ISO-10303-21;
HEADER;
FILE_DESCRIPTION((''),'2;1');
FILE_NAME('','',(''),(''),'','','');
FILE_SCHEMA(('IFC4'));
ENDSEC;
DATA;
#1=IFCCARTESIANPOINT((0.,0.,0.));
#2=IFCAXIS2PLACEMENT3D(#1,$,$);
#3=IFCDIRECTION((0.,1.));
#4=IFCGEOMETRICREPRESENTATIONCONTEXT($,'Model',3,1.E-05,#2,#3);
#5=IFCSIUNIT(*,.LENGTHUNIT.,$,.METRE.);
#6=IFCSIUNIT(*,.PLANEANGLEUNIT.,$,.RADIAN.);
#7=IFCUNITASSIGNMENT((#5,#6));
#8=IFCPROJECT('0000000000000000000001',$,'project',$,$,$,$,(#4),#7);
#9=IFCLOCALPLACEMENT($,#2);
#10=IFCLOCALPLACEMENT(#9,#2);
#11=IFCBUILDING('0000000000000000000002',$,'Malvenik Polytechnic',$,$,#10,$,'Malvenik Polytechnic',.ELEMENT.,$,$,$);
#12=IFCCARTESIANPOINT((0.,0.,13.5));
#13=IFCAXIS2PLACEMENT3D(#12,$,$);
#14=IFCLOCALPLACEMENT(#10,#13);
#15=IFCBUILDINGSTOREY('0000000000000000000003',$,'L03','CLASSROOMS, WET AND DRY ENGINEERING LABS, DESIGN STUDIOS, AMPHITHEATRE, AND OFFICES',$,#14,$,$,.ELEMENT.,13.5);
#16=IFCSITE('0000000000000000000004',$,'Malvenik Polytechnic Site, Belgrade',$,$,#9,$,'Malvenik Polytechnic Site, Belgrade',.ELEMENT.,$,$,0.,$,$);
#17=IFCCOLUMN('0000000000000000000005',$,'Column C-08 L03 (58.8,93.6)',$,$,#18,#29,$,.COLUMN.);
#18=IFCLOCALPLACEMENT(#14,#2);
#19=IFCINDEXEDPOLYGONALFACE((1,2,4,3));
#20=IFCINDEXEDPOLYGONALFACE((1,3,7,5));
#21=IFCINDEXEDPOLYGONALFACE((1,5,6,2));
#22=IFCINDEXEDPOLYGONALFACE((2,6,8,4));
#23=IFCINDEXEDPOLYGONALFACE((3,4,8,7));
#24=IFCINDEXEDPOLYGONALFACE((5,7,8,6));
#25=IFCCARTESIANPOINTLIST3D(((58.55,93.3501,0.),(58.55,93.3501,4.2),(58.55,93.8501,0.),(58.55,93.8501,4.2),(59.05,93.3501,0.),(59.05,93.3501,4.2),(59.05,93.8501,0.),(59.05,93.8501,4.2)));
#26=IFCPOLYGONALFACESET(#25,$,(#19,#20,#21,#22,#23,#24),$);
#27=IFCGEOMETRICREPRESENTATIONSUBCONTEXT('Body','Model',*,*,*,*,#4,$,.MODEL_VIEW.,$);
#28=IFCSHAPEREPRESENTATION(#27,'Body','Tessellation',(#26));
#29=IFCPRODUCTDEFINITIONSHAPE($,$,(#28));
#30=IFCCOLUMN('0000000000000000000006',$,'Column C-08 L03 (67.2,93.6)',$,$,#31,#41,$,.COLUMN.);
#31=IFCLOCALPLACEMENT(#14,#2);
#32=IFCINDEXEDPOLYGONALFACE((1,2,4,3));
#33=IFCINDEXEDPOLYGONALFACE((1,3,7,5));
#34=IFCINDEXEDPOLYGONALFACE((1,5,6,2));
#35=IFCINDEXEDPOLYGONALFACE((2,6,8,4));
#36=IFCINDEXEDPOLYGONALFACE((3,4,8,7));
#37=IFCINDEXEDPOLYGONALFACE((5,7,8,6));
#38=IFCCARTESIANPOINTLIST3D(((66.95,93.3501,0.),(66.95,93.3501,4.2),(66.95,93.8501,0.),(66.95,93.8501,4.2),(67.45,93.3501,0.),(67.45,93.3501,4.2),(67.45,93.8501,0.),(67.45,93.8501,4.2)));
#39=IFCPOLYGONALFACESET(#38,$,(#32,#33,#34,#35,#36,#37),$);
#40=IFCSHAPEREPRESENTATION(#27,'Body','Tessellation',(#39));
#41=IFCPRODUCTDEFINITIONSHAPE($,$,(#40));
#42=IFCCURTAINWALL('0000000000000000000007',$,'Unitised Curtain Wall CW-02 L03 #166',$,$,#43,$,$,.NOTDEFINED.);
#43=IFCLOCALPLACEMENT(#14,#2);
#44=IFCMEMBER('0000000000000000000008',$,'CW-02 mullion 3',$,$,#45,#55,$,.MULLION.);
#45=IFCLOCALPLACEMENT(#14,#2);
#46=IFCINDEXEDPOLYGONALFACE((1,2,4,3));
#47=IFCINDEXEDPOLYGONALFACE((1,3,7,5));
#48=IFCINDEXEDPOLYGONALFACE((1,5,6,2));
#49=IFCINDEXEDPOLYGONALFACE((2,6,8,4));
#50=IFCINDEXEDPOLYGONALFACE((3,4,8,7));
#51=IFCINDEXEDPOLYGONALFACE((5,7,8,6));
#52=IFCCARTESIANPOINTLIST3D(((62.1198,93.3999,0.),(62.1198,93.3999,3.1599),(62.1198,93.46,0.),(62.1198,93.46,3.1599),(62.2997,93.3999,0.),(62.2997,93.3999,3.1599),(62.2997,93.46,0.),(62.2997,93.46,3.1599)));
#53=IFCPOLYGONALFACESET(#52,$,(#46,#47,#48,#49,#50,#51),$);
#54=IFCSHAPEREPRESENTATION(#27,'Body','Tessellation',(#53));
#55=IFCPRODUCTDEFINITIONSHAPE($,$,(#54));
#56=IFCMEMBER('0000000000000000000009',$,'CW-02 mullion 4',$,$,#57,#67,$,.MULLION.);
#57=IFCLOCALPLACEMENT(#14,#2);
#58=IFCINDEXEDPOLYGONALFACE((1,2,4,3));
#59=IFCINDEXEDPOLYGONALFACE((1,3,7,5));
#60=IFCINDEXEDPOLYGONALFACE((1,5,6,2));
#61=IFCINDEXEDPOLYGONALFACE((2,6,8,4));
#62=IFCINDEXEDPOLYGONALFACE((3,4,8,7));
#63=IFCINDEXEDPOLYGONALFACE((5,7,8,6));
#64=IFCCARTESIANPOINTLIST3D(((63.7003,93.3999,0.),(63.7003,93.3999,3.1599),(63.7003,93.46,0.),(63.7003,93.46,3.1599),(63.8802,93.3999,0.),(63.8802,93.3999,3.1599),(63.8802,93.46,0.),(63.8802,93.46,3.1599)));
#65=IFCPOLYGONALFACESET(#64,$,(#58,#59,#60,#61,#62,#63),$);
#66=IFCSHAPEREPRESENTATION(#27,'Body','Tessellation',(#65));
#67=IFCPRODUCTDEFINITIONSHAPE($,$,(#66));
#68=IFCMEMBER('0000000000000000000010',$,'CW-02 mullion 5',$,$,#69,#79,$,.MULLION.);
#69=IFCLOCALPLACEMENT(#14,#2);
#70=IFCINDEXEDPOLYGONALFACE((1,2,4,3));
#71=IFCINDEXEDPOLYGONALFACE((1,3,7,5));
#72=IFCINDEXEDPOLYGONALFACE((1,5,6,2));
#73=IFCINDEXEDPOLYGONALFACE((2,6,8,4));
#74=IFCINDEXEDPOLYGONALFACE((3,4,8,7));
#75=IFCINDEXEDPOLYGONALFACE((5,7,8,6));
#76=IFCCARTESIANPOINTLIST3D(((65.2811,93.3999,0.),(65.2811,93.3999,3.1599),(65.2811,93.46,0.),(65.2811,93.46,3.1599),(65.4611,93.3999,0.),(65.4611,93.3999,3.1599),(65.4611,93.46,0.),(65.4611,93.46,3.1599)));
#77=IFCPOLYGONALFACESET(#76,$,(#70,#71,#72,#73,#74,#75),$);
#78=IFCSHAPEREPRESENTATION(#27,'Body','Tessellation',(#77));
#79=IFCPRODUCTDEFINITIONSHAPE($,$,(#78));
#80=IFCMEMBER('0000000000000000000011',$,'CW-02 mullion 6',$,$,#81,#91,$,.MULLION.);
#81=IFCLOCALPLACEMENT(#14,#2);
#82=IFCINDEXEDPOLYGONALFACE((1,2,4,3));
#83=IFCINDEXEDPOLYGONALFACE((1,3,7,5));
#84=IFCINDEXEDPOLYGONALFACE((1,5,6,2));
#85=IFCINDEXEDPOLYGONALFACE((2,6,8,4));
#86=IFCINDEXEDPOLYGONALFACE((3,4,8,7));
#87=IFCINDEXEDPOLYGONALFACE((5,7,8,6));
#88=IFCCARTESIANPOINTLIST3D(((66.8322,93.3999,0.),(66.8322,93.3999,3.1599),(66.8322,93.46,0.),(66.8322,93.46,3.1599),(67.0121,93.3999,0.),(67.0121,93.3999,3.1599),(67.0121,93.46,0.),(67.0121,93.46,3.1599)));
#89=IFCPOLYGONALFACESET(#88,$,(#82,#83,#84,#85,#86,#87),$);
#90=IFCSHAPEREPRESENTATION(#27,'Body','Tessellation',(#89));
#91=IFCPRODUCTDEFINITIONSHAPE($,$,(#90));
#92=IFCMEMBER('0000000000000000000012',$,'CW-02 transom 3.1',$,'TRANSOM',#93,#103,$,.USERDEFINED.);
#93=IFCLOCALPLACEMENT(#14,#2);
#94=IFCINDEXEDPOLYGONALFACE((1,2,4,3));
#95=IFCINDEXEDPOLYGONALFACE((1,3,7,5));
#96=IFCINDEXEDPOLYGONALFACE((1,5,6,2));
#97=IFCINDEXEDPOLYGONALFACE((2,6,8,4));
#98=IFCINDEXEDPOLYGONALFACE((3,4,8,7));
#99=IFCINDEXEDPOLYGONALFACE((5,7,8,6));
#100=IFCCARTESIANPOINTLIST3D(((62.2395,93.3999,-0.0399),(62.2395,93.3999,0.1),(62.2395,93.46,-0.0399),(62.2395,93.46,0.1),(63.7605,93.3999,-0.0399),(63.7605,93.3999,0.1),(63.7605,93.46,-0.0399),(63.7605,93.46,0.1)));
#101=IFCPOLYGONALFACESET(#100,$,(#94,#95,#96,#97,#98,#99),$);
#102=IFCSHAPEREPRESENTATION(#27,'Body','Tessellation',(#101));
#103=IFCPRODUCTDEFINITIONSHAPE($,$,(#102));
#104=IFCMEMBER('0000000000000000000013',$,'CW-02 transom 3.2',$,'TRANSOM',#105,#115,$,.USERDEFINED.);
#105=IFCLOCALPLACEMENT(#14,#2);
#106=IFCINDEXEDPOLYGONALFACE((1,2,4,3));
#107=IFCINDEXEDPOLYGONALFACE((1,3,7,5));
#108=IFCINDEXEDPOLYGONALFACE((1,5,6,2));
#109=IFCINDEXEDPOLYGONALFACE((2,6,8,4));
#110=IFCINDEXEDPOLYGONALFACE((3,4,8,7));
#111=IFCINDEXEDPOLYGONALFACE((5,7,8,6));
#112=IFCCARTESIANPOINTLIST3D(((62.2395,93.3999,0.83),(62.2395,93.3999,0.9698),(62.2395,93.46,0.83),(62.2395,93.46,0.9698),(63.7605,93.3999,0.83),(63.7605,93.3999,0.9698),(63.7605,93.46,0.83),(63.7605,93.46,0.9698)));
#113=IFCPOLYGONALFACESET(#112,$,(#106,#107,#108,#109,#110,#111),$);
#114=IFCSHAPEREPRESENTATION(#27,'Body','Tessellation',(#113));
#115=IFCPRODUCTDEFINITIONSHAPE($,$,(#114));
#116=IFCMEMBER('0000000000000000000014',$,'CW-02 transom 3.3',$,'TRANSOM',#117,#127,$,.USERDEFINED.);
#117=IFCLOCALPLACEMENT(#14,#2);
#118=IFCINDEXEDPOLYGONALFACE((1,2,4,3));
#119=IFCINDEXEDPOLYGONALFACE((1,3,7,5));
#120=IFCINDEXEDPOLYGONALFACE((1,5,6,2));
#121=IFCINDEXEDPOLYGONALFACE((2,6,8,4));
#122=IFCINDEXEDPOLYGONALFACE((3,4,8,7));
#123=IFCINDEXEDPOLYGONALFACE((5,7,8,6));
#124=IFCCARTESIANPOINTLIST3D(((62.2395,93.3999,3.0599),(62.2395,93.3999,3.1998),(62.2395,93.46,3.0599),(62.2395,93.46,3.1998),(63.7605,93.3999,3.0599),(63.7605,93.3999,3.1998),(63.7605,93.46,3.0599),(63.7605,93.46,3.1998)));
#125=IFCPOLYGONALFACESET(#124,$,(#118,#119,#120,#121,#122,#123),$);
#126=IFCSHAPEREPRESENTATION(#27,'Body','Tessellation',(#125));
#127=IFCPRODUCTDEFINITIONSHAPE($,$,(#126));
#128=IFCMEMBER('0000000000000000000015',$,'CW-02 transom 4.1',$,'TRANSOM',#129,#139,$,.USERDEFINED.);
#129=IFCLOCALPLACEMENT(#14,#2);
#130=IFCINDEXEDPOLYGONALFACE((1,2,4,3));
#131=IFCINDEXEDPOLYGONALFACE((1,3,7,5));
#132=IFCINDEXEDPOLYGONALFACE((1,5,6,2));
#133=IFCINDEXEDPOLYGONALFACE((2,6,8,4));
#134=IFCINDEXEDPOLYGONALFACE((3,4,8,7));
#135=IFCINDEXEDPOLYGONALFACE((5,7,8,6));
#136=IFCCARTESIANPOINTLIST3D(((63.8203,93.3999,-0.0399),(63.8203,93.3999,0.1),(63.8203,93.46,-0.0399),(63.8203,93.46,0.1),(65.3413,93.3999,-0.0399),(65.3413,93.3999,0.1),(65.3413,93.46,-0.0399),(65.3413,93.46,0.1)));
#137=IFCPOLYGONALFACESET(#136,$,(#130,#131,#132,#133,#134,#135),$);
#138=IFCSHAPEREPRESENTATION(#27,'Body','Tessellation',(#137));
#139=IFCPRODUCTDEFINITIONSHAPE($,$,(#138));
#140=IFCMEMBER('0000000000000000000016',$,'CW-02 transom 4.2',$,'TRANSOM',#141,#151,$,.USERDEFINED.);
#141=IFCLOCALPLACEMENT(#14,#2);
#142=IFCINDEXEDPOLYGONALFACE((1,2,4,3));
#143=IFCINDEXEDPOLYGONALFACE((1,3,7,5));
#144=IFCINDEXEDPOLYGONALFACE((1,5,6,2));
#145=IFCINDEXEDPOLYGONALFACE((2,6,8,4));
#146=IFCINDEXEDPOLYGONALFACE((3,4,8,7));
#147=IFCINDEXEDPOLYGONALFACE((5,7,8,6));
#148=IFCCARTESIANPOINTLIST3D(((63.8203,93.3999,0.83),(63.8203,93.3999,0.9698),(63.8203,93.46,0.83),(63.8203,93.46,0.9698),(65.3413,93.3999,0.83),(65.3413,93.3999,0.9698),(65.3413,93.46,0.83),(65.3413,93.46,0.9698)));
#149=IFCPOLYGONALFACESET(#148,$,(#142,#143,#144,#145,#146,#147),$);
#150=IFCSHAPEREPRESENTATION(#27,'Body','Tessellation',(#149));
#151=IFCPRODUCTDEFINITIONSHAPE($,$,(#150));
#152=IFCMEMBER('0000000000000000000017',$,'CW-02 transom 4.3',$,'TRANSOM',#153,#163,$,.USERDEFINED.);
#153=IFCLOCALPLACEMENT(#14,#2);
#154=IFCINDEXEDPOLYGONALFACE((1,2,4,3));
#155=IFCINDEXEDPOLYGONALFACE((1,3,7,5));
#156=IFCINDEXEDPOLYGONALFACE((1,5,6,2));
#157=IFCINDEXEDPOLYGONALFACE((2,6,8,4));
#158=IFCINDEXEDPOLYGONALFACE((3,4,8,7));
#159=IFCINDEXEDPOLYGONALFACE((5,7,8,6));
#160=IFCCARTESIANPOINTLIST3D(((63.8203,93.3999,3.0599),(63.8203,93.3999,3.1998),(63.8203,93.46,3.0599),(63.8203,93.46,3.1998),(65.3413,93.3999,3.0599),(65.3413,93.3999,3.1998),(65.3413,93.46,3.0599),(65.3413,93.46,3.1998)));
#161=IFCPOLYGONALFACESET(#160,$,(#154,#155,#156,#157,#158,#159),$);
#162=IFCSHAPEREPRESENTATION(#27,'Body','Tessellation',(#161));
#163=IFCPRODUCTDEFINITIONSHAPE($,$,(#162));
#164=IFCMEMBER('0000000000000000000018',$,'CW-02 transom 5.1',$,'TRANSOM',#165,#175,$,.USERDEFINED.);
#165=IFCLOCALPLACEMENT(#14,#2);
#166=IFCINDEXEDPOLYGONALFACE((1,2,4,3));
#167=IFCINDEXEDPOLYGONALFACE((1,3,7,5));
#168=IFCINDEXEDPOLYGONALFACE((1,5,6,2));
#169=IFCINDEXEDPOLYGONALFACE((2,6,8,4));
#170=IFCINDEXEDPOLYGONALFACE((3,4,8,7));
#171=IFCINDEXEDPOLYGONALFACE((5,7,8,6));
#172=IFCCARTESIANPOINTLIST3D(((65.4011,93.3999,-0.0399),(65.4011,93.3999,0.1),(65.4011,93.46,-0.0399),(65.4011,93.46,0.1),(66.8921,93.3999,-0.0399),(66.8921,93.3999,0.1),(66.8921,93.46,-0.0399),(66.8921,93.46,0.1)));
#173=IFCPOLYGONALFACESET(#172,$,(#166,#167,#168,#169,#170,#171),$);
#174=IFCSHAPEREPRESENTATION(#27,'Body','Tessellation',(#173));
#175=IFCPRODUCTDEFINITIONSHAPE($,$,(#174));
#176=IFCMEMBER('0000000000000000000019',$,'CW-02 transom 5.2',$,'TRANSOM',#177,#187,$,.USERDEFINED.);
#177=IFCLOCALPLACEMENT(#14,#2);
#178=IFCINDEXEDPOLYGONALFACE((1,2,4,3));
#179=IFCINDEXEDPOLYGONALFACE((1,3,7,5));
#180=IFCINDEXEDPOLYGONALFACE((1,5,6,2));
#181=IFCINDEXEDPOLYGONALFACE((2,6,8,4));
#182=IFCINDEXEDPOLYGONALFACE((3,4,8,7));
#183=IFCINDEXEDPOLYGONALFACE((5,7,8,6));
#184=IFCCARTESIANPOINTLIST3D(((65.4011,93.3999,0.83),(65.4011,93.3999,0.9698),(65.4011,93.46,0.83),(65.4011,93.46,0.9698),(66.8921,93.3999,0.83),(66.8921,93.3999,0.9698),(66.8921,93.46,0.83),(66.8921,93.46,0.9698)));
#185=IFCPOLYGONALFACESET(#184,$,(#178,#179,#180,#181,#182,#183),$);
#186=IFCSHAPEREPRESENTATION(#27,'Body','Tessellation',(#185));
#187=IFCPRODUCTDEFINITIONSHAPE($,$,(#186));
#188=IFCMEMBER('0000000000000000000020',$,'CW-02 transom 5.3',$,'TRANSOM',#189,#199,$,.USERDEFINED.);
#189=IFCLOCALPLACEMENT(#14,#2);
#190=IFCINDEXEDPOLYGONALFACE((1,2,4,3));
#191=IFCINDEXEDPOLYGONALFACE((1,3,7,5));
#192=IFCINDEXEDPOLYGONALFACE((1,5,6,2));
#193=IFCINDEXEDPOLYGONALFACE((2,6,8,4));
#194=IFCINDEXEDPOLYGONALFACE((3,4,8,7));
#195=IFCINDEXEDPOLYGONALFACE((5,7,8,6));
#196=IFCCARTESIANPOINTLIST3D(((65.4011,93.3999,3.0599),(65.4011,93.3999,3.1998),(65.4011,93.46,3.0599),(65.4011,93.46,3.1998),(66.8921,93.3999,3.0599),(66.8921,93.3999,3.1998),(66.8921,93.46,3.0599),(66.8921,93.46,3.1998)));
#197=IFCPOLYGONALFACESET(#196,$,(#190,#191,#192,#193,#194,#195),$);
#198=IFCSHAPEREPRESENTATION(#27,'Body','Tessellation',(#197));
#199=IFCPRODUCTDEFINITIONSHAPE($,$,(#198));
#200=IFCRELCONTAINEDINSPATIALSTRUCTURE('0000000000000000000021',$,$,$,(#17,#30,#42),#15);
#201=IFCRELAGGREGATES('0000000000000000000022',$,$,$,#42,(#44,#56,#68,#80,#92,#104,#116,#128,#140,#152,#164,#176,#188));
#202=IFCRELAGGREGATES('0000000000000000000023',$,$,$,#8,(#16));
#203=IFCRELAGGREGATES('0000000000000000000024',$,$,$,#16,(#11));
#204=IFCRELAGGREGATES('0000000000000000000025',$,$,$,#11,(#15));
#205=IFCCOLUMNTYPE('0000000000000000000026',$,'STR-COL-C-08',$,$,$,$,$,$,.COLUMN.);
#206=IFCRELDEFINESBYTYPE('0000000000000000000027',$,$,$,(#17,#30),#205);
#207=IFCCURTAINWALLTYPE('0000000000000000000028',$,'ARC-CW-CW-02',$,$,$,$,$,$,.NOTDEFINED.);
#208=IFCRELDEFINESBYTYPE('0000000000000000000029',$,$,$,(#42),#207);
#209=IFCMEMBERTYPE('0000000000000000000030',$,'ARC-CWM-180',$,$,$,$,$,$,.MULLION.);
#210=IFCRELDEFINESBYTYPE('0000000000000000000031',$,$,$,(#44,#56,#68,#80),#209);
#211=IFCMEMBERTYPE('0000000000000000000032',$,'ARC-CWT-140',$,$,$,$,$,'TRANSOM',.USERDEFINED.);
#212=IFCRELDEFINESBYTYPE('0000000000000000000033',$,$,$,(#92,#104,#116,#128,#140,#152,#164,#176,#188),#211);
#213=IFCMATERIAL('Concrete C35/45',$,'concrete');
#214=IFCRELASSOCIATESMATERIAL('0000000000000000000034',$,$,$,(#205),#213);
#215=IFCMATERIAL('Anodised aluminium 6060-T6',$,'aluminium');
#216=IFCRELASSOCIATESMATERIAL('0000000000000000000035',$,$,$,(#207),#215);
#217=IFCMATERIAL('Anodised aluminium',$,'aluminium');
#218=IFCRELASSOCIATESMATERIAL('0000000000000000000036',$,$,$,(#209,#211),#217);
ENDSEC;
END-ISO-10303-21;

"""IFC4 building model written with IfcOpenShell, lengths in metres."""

from ifc_helpers import new_model, si_unit, direction, frame, origin, origin_2d, place, context, subcontext, project, spatial, rectangle, extrude, material, material_profile, profile_set, type_object, element, aggregate, save


model = new_model("IFC4")

# Units and contexts
model_context = context("Model", 3, precision=1e-05, world=origin(), true_north=direction((0.0, 1.0)))
body_context = subcontext(model_context, "Body", "Model", "MODEL_VIEW")
ifc_project = project(units=[si_unit("LENGTHUNIT", "METRE"), si_unit("PLANEANGLEUNIT", "RADIAN")], contexts=[model_context])

# Site, building, storey
site_placement = place(None, origin())
site = spatial("IfcSite", under=ifc_project, at=site_placement, Name="Malvenik Polytechnic Site, Belgrade", LongName="Malvenik Polytechnic Site, Belgrade", CompositionType="ELEMENT", RefElevation=0.0)
building_placement = place(site_placement, origin())
building = spatial("IfcBuilding", under=site, at=building_placement, Name="Malvenik Polytechnic", LongName="Malvenik Polytechnic", CompositionType="ELEMENT")
storey_placement = place(building_placement, frame((0.0, 0.0, 13.5)))
storey = spatial("IfcBuildingStorey", under=building, at=storey_placement, Name="L03", Description="CLASSROOMS, WET AND DRY ENGINEERING LABS, DESIGN STUDIOS, AMPHITHEATRE, AND OFFICES", CompositionType="ELEMENT", Elevation=13.5)

# Columns
ifc_material_1 = material(Name="Concrete C35/45", Category="concrete")
ifc_material_profile_1 = material_profile(ifc_material_1, rectangle(XDim=0.5, YDim=0.5, at=origin_2d()), Name="RC COL 500x500")
ifc_profile_set_1 = profile_set([ifc_material_profile_1], Name="Concrete C35/45")
column_type = type_object("IfcColumnType", Name="STR-COL-C-08", PredefinedType="COLUMN", material=ifc_profile_set_1)
for number, where, z_axis, x_axis, name in (
    (1, (58.8, 93.6001, 0.0), (0.0, 0.0, 1.0), (1.0, 0.0, 0.0), "Column C-08 L03 (58.8,93.6)"),
    (2, (67.2, 93.6001, 0.0), (0.0, 0.0, 1.0), (1.0, 0.0, 0.0), "Column C-08 L03 (67.2,93.6)"),
):
    element("IfcColumn", number, at=place(storey_placement, frame(where, z_axis=z_axis, x_axis=x_axis)), inside=storey, type_object=column_type, Name=name, PredefinedType="COLUMN", context=body_context, shape_type="SweptSolid", body=[
        extrude(rectangle(XDim=0.5, YDim=0.5, at=origin_2d()), origin(), (0.0, 0.0, 1.0), 4.2),
    ])

# Curtain wall, members
ifc_material_2 = material(Name="Anodised aluminium 6060-T6", Category="aluminium")
curtain_wall_type = type_object("IfcCurtainWallType", Name="ARC-CW-CW-02", PredefinedType="NOTDEFINED", material=ifc_material_2)
curtain_wall_placement = place(storey_placement, origin())
curtain_wall = element("IfcCurtainWall", 3, at=curtain_wall_placement, inside=storey, type_object=curtain_wall_type, Name="Unitised Curtain Wall CW-02 L03 #166", PredefinedType="NOTDEFINED")
ifc_material_3 = material(Name="Anodised aluminium", Category="aluminium")
ifc_material_profile_2 = material_profile(ifc_material_3, rectangle(XDim=0.0601, YDim=0.1799, at=origin_2d()), Name="ALU MULLION 60x180")
ifc_profile_set_2 = profile_set([ifc_material_profile_2], Name="Anodised aluminium")
member_type_1 = type_object("IfcMemberType", Name="ARC-CWM-180", PredefinedType="MULLION", material=ifc_profile_set_2)
member_1_placement = place(storey_placement, frame((62.2097, 93.4299, 0.0), z_axis=(0.0, 0.0, 1.0), x_axis=(0.0, 1.0, 0.0)))
member_1 = element("IfcMember", 4, at=member_1_placement, type_object=member_type_1, Name="CW-02 mullion 3", PredefinedType="MULLION", context=body_context, shape_type="SweptSolid", body=[
    extrude(rectangle(XDim=0.0601, YDim=0.1799, at=origin_2d()), origin(), (0.0, 0.0, 1.0), 3.1599),
])
member_2_placement = place(storey_placement, frame((63.7903, 93.4299, 0.0), z_axis=(0.0, 0.0, 1.0), x_axis=(0.0, 1.0, 0.0)))
member_2 = element("IfcMember", 5, at=member_2_placement, type_object=member_type_1, Name="CW-02 mullion 4", PredefinedType="MULLION", context=body_context, shape_type="SweptSolid", body=[
    extrude(rectangle(XDim=0.0601, YDim=0.1799, at=origin_2d()), origin(), (0.0, 0.0, 1.0), 3.1599),
])
member_3_placement = place(storey_placement, frame((65.3711, 93.4299, 0.0), z_axis=(0.0, 0.0, 1.0), x_axis=(0.0, 1.0, 0.0)))
member_3 = element("IfcMember", 6, at=member_3_placement, type_object=member_type_1, Name="CW-02 mullion 5", PredefinedType="MULLION", context=body_context, shape_type="SweptSolid", body=[
    extrude(rectangle(XDim=0.0601, YDim=0.1799, at=origin_2d()), origin(), (0.0, 0.0, 1.0), 3.1599),
])
member_4_placement = place(storey_placement, frame((66.9221, 93.4299, 0.0), z_axis=(0.0, 0.0, 1.0), x_axis=(0.0, 1.0, 0.0)))
member_4 = element("IfcMember", 7, at=member_4_placement, type_object=member_type_1, Name="CW-02 mullion 6", PredefinedType="MULLION", context=body_context, shape_type="SweptSolid", body=[
    extrude(rectangle(XDim=0.0601, YDim=0.1799, at=origin_2d()), origin(), (0.0, 0.0, 1.0), 3.1599),
])
ifc_material_profile_3 = material_profile(ifc_material_3, rectangle(XDim=0.0601, YDim=0.1399, at=origin_2d()), Name="ALU TRANSOM 60x140")
ifc_profile_set_3 = profile_set([ifc_material_profile_3], Name="Anodised aluminium")
member_type_2 = type_object("IfcMemberType", Name="ARC-CWT-140", ElementType="TRANSOM", PredefinedType="USERDEFINED", material=ifc_profile_set_3)
member_5_placement = place(storey_placement, frame((62.2395, 93.4299, 0.03), z_axis=(1.0, 0.0, 0.0), x_axis=(0.0, 1.0, 0.0)))
member_5 = element("IfcMember", 8, at=member_5_placement, type_object=member_type_2, Name="CW-02 transom 3.1", ObjectType="TRANSOM", PredefinedType="USERDEFINED", context=body_context, shape_type="SweptSolid", body=[
    extrude(rectangle(XDim=0.0601, YDim=0.1399, at=origin_2d()), origin(), (0.0, 0.0, 1.0), 1.521),
])
member_6_placement = place(storey_placement, frame((62.2395, 93.4299, 0.8999), z_axis=(1.0, 0.0, 0.0), x_axis=(0.0, 1.0, 0.0)))
member_6 = element("IfcMember", 9, at=member_6_placement, type_object=member_type_2, Name="CW-02 transom 3.2", ObjectType="TRANSOM", PredefinedType="USERDEFINED", context=body_context, shape_type="SweptSolid", body=[
    extrude(rectangle(XDim=0.0601, YDim=0.1399, at=origin_2d()), origin(), (0.0, 0.0, 1.0), 1.521),
])
member_7_placement = place(storey_placement, frame((62.2395, 93.4299, 3.1299), z_axis=(1.0, 0.0, 0.0), x_axis=(0.0, 1.0, 0.0)))
member_7 = element("IfcMember", 10, at=member_7_placement, type_object=member_type_2, Name="CW-02 transom 3.3", ObjectType="TRANSOM", PredefinedType="USERDEFINED", context=body_context, shape_type="SweptSolid", body=[
    extrude(rectangle(XDim=0.0601, YDim=0.1399, at=origin_2d()), origin(), (0.0, 0.0, 1.0), 1.521),
])
member_8_placement = place(storey_placement, frame((63.8203, 93.4299, 0.03), z_axis=(1.0, 0.0, 0.0), x_axis=(0.0, 1.0, 0.0)))
member_8 = element("IfcMember", 11, at=member_8_placement, type_object=member_type_2, Name="CW-02 transom 4.1", ObjectType="TRANSOM", PredefinedType="USERDEFINED", context=body_context, shape_type="SweptSolid", body=[
    extrude(rectangle(XDim=0.0601, YDim=0.1399, at=origin_2d()), origin(), (0.0, 0.0, 1.0), 1.521),
])
member_9_placement = place(storey_placement, frame((63.8203, 93.4299, 0.8999), z_axis=(1.0, 0.0, 0.0), x_axis=(0.0, 1.0, 0.0)))
member_9 = element("IfcMember", 12, at=member_9_placement, type_object=member_type_2, Name="CW-02 transom 4.2", ObjectType="TRANSOM", PredefinedType="USERDEFINED", context=body_context, shape_type="SweptSolid", body=[
    extrude(rectangle(XDim=0.0601, YDim=0.1399, at=origin_2d()), origin(), (0.0, 0.0, 1.0), 1.521),
])
member_10_placement = place(storey_placement, frame((63.8203, 93.4299, 3.1299), z_axis=(1.0, 0.0, 0.0), x_axis=(0.0, 1.0, 0.0)))
member_10 = element("IfcMember", 13, at=member_10_placement, type_object=member_type_2, Name="CW-02 transom 4.3", ObjectType="TRANSOM", PredefinedType="USERDEFINED", context=body_context, shape_type="SweptSolid", body=[
    extrude(rectangle(XDim=0.0601, YDim=0.1399, at=origin_2d()), origin(), (0.0, 0.0, 1.0), 1.521),
])
member_11_placement = place(storey_placement, frame((65.4011, 93.4299, 0.03), z_axis=(1.0, 0.0, 0.0), x_axis=(0.0, 1.0, 0.0)))
member_11 = element("IfcMember", 14, at=member_11_placement, type_object=member_type_2, Name="CW-02 transom 5.1", ObjectType="TRANSOM", PredefinedType="USERDEFINED", context=body_context, shape_type="SweptSolid", body=[
    extrude(rectangle(XDim=0.0601, YDim=0.1399, at=origin_2d()), origin(), (0.0, 0.0, 1.0), 1.491),
])
member_12_placement = place(storey_placement, frame((65.4011, 93.4299, 0.8999), z_axis=(1.0, 0.0, 0.0), x_axis=(0.0, 1.0, 0.0)))
member_12 = element("IfcMember", 15, at=member_12_placement, type_object=member_type_2, Name="CW-02 transom 5.2", ObjectType="TRANSOM", PredefinedType="USERDEFINED", context=body_context, shape_type="SweptSolid", body=[
    extrude(rectangle(XDim=0.0601, YDim=0.1399, at=origin_2d()), origin(), (0.0, 0.0, 1.0), 1.491),
])
member_13_placement = place(storey_placement, frame((65.4011, 93.4299, 3.1299), z_axis=(1.0, 0.0, 0.0), x_axis=(0.0, 1.0, 0.0)))
member_13 = element("IfcMember", 16, at=member_13_placement, type_object=member_type_2, Name="CW-02 transom 5.3", ObjectType="TRANSOM", PredefinedType="USERDEFINED", context=body_context, shape_type="SweptSolid", body=[
    extrude(rectangle(XDim=0.0601, YDim=0.1399, at=origin_2d()), origin(), (0.0, 0.0, 1.0), 1.491),
])

aggregate(curtain_wall, [member_1, member_2, member_3, member_4, member_5, member_6, member_7, member_8, member_9, member_10, member_11, member_12, member_13])

save(model, "model.ifc")
